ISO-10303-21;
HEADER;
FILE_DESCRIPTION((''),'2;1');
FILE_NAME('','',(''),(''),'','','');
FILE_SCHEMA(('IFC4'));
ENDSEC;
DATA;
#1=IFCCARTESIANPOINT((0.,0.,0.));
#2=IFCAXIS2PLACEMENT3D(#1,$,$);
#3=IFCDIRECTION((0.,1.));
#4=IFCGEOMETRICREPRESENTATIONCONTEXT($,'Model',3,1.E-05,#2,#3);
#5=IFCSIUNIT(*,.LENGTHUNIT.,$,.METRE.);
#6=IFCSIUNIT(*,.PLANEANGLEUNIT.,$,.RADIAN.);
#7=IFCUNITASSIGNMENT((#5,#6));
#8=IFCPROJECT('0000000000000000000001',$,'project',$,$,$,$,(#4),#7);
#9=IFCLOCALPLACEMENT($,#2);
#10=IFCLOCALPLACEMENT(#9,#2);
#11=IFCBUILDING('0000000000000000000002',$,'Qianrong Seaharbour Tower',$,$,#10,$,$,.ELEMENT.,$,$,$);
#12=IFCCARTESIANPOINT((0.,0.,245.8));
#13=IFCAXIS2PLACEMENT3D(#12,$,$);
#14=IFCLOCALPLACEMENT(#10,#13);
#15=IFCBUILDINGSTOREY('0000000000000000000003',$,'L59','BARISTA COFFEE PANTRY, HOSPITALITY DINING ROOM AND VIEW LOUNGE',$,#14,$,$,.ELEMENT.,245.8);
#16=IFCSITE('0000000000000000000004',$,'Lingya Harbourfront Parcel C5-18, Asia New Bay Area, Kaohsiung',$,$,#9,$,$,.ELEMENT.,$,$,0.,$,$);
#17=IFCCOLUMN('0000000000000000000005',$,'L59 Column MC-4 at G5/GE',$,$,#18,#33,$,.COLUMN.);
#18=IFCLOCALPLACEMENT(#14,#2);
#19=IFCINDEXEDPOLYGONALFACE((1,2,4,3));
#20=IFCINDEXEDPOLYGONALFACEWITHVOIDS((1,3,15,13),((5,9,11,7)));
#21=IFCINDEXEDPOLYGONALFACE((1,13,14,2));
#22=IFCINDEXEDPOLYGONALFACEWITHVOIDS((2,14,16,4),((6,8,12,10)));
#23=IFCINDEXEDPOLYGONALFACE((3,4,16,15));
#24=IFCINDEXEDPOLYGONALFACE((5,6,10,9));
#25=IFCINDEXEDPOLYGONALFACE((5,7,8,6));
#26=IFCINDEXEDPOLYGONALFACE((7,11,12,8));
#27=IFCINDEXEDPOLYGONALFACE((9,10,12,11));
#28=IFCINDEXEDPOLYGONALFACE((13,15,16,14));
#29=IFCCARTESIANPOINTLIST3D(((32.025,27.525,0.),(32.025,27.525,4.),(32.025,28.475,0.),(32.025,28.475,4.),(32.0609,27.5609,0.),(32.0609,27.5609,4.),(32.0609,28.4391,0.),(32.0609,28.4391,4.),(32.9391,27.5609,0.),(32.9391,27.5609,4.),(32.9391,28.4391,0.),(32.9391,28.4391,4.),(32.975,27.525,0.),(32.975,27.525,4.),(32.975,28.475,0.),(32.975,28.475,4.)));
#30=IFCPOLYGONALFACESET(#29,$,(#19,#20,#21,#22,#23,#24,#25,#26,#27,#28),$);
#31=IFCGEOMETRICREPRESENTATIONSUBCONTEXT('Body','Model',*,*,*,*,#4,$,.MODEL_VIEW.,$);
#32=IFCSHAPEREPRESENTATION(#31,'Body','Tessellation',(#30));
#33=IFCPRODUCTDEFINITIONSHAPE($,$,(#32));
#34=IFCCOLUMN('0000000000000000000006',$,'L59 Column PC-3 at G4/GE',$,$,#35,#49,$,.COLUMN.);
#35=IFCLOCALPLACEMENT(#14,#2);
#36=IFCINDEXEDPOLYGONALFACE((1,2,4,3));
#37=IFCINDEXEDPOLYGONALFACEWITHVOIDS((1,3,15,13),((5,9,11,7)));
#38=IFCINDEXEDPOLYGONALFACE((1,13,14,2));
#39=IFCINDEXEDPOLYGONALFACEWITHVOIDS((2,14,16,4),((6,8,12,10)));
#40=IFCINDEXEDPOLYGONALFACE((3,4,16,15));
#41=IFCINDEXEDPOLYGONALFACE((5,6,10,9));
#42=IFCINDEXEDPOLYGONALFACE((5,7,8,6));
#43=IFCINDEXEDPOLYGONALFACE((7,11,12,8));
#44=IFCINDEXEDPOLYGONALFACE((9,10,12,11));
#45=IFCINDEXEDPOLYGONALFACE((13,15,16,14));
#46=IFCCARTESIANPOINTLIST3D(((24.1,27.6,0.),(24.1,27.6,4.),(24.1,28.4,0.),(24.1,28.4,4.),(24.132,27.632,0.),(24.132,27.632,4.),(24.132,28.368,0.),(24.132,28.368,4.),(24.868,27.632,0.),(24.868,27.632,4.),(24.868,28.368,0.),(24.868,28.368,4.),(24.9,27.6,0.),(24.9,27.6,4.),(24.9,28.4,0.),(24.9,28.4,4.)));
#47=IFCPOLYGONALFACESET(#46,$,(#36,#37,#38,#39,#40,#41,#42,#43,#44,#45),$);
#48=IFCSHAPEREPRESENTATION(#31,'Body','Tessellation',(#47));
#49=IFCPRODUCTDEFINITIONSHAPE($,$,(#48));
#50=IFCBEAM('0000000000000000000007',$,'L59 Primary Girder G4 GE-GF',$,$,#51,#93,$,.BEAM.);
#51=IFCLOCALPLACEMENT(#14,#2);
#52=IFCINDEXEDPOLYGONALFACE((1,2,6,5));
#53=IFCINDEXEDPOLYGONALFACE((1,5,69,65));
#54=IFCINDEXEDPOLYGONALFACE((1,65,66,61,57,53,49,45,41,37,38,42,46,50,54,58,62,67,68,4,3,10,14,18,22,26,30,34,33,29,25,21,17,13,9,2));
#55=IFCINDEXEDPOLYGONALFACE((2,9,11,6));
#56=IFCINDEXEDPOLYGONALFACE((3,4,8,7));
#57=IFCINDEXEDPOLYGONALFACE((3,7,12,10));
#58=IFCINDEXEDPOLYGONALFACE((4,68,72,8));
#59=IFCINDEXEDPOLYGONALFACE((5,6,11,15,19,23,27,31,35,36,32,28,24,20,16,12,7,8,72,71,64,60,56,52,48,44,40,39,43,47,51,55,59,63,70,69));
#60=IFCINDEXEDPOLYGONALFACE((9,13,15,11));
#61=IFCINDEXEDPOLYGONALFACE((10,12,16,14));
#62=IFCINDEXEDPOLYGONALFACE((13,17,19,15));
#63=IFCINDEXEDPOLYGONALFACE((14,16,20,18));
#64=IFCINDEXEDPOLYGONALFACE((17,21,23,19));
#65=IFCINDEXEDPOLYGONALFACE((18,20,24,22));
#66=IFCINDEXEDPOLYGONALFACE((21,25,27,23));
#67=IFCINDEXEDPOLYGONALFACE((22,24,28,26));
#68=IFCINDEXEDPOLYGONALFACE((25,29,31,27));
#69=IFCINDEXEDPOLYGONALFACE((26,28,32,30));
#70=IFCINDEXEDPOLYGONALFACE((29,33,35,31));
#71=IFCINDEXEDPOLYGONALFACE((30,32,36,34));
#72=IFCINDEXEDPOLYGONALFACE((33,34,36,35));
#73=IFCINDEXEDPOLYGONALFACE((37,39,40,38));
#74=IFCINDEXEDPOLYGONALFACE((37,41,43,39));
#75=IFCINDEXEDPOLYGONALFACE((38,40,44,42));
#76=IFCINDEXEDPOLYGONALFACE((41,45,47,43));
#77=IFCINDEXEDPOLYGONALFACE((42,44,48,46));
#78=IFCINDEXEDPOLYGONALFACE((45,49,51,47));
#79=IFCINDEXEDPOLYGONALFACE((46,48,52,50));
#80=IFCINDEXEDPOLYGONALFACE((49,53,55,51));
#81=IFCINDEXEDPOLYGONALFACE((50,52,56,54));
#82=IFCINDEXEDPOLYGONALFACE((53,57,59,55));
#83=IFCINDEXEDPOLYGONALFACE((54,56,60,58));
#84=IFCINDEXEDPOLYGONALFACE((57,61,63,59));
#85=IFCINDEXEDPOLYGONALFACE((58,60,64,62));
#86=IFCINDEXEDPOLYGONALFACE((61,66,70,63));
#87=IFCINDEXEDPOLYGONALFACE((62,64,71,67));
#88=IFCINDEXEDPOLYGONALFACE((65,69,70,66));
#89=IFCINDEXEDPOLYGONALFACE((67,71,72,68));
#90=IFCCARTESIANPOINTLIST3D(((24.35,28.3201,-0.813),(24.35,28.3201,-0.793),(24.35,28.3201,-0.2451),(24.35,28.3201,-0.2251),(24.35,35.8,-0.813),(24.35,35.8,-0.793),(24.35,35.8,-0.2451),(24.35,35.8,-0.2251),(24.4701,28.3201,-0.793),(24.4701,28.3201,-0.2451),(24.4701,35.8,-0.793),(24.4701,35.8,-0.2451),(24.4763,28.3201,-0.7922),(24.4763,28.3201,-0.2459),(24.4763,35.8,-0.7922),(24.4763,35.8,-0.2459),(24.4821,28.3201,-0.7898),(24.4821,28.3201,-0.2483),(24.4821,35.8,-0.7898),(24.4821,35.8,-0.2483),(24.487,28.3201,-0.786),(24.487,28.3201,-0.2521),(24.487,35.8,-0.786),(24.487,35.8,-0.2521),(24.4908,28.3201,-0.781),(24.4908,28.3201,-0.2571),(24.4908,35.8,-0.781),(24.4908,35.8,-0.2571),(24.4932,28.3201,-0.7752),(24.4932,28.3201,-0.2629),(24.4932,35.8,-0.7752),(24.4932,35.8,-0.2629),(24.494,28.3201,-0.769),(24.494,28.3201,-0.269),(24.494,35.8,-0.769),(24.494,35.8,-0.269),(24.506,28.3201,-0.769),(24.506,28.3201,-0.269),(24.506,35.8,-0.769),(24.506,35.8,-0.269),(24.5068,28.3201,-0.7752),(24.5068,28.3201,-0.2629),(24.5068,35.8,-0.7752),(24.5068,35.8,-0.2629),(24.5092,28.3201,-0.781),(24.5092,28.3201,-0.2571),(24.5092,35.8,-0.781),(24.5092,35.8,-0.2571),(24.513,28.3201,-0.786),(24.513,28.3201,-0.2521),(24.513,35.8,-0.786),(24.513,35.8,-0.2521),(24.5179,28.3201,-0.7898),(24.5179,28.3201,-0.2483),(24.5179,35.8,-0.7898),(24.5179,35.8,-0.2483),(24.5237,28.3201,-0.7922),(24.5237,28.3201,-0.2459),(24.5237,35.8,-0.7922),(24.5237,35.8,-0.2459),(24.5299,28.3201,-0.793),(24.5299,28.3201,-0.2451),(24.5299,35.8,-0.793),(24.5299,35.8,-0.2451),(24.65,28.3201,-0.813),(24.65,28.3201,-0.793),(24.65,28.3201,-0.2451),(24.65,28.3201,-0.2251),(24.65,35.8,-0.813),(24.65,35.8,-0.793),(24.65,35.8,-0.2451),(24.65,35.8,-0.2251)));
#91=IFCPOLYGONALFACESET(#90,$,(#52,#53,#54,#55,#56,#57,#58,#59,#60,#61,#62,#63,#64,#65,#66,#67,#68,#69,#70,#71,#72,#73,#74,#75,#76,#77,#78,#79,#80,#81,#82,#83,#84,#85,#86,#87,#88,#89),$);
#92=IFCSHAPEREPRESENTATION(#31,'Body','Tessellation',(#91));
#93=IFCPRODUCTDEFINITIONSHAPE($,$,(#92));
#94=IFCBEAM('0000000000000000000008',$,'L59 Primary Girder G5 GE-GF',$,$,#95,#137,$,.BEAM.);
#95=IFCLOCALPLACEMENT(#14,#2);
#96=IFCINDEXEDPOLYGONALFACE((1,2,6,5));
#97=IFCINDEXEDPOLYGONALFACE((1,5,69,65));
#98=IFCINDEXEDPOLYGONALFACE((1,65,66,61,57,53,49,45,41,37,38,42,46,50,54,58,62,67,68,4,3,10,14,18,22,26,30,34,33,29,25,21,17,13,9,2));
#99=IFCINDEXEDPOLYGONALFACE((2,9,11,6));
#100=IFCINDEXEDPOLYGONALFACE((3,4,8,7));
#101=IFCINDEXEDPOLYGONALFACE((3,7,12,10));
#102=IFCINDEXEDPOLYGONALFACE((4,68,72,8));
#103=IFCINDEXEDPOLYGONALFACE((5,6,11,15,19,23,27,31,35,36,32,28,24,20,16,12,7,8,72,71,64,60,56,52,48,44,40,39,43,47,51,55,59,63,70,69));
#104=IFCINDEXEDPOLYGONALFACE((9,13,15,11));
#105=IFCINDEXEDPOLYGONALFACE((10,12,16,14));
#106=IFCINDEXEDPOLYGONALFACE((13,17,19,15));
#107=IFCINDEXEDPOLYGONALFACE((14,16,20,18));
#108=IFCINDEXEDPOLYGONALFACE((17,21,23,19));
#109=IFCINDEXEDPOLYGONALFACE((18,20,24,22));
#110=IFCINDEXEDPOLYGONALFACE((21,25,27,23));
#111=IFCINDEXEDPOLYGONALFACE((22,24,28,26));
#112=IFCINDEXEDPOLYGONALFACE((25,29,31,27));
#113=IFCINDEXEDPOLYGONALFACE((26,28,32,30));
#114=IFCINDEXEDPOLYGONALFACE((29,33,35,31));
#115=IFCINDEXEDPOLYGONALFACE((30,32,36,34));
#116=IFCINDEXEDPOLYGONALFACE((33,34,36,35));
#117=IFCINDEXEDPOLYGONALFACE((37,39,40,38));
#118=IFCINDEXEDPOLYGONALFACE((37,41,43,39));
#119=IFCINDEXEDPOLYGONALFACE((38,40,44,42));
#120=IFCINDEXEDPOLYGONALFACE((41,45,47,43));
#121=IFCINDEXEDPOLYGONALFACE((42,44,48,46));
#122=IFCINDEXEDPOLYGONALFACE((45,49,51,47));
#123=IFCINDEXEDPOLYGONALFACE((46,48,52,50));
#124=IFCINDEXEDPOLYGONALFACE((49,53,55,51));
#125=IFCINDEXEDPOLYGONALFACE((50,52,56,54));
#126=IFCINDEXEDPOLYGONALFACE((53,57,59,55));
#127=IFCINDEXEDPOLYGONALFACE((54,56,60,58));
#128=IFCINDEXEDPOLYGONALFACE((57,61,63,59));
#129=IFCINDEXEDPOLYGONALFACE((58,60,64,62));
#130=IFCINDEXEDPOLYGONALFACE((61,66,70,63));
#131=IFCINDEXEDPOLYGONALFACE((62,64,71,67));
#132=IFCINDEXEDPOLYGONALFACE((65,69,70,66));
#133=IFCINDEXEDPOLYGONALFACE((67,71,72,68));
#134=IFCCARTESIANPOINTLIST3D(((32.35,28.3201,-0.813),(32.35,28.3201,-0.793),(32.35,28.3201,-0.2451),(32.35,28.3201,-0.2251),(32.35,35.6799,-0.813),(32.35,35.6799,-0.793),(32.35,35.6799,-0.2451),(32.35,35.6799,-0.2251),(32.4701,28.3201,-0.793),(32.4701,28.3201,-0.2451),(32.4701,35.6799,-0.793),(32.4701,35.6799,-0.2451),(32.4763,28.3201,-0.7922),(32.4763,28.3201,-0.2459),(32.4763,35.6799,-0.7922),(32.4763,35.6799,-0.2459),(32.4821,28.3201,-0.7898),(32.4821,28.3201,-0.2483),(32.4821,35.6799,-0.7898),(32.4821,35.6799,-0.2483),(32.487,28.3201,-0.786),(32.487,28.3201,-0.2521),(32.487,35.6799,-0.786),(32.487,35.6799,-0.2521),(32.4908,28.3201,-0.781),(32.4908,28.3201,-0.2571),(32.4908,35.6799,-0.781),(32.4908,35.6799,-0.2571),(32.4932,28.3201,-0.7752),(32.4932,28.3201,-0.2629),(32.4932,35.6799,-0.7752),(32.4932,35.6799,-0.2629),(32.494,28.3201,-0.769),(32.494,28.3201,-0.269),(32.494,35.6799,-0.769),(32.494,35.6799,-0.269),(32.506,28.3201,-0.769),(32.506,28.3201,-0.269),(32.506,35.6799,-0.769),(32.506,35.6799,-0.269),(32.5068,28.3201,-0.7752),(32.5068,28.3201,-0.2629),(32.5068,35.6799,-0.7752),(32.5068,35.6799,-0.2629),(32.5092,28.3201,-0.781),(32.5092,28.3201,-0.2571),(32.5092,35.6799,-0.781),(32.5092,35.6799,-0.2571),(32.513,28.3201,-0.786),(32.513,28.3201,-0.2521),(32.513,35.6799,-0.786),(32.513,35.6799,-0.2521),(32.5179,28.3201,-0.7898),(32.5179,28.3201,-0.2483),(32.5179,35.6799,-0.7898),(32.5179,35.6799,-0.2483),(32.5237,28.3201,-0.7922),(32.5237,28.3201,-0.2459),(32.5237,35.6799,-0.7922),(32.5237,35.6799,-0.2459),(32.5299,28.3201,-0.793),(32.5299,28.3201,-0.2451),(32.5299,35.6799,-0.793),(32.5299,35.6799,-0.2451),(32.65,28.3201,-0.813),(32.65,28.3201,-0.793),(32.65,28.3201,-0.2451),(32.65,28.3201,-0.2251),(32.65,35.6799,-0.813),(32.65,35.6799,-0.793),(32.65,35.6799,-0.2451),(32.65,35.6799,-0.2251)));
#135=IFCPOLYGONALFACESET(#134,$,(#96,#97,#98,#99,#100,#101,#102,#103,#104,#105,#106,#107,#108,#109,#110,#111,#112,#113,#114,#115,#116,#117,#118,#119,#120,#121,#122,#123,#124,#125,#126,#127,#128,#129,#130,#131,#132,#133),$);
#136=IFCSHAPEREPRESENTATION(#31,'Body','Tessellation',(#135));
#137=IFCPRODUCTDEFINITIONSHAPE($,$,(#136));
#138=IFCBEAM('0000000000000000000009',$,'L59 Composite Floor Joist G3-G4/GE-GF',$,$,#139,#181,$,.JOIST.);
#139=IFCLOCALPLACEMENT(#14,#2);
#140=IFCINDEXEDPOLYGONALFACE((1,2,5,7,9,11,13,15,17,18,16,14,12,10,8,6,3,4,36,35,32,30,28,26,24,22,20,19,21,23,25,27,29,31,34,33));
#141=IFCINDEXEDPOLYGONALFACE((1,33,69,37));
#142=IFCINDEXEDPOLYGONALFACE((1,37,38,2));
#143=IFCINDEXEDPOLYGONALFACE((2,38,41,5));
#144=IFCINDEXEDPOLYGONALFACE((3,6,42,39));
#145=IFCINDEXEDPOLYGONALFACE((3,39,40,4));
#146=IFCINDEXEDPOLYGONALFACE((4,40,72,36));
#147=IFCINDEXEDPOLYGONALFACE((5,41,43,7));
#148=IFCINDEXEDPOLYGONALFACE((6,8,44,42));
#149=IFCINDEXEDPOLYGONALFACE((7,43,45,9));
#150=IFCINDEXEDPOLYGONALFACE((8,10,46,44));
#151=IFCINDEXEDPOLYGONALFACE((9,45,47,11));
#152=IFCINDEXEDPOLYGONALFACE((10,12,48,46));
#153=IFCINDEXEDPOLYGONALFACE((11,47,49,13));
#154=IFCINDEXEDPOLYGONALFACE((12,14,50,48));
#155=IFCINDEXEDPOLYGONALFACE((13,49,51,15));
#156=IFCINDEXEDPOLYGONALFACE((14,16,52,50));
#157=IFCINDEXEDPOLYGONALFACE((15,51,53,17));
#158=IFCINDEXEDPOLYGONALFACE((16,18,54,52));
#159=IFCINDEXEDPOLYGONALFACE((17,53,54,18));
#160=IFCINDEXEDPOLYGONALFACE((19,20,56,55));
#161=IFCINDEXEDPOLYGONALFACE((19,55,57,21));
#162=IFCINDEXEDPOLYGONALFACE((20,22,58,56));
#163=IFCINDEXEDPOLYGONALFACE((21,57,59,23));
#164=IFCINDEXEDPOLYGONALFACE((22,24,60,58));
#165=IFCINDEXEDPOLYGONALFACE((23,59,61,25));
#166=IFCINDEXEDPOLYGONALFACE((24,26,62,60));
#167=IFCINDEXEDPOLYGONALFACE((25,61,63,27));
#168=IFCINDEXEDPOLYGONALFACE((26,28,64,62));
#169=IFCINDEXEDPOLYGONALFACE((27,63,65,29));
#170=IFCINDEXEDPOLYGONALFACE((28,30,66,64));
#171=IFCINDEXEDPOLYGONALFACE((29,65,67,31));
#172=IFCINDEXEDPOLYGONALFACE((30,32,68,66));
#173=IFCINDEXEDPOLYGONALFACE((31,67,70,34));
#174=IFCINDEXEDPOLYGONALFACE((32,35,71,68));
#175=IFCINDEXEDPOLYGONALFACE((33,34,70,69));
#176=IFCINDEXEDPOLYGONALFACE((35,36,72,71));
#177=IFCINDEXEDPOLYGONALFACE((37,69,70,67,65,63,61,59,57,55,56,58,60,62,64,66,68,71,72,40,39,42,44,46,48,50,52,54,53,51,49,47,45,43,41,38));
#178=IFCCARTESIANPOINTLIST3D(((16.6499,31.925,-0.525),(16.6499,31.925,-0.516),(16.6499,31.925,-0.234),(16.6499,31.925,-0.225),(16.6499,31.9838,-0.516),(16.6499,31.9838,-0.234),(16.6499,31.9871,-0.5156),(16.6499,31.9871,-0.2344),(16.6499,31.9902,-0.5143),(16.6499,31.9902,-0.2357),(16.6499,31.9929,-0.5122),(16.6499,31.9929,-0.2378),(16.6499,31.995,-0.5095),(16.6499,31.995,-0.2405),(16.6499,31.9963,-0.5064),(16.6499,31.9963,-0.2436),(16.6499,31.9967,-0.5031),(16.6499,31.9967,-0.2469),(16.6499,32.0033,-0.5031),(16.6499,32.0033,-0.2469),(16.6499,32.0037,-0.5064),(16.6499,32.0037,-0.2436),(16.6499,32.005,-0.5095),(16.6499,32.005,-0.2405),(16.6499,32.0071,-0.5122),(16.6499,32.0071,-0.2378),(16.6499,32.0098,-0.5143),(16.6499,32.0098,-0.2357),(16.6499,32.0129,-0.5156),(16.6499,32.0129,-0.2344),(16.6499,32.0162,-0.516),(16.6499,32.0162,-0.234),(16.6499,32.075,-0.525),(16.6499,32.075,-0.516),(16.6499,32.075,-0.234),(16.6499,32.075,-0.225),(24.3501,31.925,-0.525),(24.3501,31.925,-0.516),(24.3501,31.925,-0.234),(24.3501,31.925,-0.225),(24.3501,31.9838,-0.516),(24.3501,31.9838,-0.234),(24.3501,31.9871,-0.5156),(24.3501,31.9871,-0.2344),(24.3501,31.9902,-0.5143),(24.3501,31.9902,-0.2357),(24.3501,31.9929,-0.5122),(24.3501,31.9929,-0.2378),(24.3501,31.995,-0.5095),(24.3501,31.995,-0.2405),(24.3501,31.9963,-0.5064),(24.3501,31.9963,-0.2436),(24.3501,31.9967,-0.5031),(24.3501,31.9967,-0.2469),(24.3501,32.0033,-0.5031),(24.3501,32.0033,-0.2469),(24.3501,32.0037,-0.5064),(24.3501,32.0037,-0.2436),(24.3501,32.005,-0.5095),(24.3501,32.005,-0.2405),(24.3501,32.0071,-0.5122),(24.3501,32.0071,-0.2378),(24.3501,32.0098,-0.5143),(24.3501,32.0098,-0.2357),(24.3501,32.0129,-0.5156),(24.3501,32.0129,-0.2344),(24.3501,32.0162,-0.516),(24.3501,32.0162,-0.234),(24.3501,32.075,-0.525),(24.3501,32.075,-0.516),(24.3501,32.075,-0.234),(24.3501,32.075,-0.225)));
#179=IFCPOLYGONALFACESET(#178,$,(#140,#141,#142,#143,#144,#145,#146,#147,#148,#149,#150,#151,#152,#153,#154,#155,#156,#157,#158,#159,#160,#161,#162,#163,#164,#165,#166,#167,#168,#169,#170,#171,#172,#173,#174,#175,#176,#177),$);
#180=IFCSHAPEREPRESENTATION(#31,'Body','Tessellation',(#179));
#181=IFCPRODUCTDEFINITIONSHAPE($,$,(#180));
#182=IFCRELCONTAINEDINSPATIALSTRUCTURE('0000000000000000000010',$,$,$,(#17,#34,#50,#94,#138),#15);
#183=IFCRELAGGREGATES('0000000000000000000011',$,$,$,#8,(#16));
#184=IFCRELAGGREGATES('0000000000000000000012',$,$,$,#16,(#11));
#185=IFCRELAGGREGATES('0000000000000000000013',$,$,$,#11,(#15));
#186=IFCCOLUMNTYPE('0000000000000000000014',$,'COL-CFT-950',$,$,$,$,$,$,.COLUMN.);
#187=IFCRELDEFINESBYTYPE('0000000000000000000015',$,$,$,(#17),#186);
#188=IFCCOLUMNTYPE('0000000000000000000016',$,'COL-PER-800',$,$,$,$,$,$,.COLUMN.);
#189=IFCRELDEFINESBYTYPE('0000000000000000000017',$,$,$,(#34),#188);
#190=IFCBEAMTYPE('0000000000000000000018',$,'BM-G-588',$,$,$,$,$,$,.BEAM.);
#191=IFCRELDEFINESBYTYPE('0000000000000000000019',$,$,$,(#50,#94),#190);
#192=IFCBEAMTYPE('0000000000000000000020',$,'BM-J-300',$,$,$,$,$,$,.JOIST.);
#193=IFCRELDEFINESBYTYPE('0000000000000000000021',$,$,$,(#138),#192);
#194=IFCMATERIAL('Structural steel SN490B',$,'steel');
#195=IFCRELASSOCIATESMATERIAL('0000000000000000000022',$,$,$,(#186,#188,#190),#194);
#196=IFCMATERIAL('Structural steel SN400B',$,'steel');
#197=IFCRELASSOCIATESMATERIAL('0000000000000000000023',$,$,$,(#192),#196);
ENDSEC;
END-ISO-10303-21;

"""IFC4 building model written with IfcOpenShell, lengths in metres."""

from ifc_helpers import new_model, si_unit, direction, frame, origin, origin_2d, place, context, subcontext, project, spatial, hollow_rectangle, i_section, extrude, material, material_profile, profile_set, type_object, element, save


model = new_model("IFC4")

# Units and contexts
model_context = context("Model", 3, precision=1e-05, world=origin(), true_north=direction((0.0, 1.0)))
body_context = subcontext(model_context, "Body", "Model", "MODEL_VIEW")
ifc_project = project(units=[si_unit("LENGTHUNIT", "METRE"), si_unit("PLANEANGLEUNIT", "RADIAN")], contexts=[model_context])

# Site, building, storey
site_placement = place(None, origin())
site = spatial("IfcSite", under=ifc_project, at=site_placement, Name="Lingya Harbourfront Parcel C5-18, Asia New Bay Area, Kaohsiung", CompositionType="ELEMENT", RefElevation=0.0)
building_placement = place(site_placement, origin())
building = spatial("IfcBuilding", under=site, at=building_placement, Name="Qianrong Seaharbour Tower", CompositionType="ELEMENT")
storey_placement = place(building_placement, frame((0.0, 0.0, 245.8)))
storey = spatial("IfcBuildingStorey", under=building, at=storey_placement, Name="L59", Description="BARISTA COFFEE PANTRY, HOSPITALITY DINING ROOM AND VIEW LOUNGE", CompositionType="ELEMENT", Elevation=245.8)

# Columns
ifc_material_1 = material(Name="Structural steel SN490B", Category="steel")
ifc_material_profile_1 = material_profile(ifc_material_1, hollow_rectangle(XDim=0.95, YDim=0.95, WallThickness=0.0359, at=origin_2d()), Name="BOX950x950x36")
ifc_profile_set_1 = profile_set([ifc_material_profile_1], Name="Structural steel SN490B")
column_type_1 = type_object("IfcColumnType", Name="COL-CFT-950", PredefinedType="COLUMN", material=ifc_profile_set_1)
column_1_placement = place(storey_placement, frame((32.5, 28.0, 0.0), z_axis=(0.0, 0.0, 1.0), x_axis=(1.0, 0.0, 0.0)))
element("IfcColumn", 1, at=column_1_placement, inside=storey, type_object=column_type_1, Name="L59 Column MC-4 at G5/GE", PredefinedType="COLUMN", context=body_context, shape_type="SweptSolid", body=[
    extrude(hollow_rectangle(XDim=0.95, YDim=0.95, WallThickness=0.0359, at=origin_2d()), origin(), (0.0, 0.0, 1.0), 4.0),
])
ifc_material_profile_2 = material_profile(ifc_material_1, hollow_rectangle(XDim=0.8, YDim=0.8, WallThickness=0.032, at=origin_2d()), Name="BOX800x800x32")
ifc_profile_set_2 = profile_set([ifc_material_profile_2], Name="Structural steel SN490B")
column_type_2 = type_object("IfcColumnType", Name="COL-PER-800", PredefinedType="COLUMN", material=ifc_profile_set_2)
column_2_placement = place(storey_placement, frame((24.5, 28.0, 0.0), z_axis=(0.0, 0.0, 1.0), x_axis=(1.0, 0.0, 0.0)))
element("IfcColumn", 2, at=column_2_placement, inside=storey, type_object=column_type_2, Name="L59 Column PC-3 at G4/GE", PredefinedType="COLUMN", context=body_context, shape_type="SweptSolid", body=[
    extrude(hollow_rectangle(XDim=0.8, YDim=0.8, WallThickness=0.032, at=origin_2d()), origin(), (0.0, 0.0, 1.0), 4.0),
])

# Beams
ifc_material_profile_3 = material_profile(ifc_material_1, i_section(OverallWidth=0.3, OverallDepth=0.5879, WebThickness=0.012, FlangeThickness=0.02, FilletRadius=0.0239, at=origin_2d()), Name="H588x300x12x20")
ifc_profile_set_3 = profile_set([ifc_material_profile_3], Name="Structural steel SN490B")
beam_type_1 = type_object("IfcBeamType", Name="BM-G-588", PredefinedType="BEAM", material=ifc_profile_set_3)
beam_1_placement = place(storey_placement, frame((24.5, 28.3201, -0.519), z_axis=(0.0, 1.0, 0.0), x_axis=(-1.0, 0.0, 0.0)))
element("IfcBeam", 3, at=beam_1_placement, inside=storey, type_object=beam_type_1, Name="L59 Primary Girder G4 GE-GF", PredefinedType="BEAM", context=body_context, shape_type="SweptSolid", body=[
    extrude(i_section(OverallWidth=0.3, OverallDepth=0.5879, WebThickness=0.012, FlangeThickness=0.02, FilletRadius=0.0239, at=origin_2d()), origin(), (0.0, 0.0, 1.0), 7.48),
])
beam_2_placement = place(storey_placement, frame((32.5, 28.3201, -0.519), z_axis=(0.0, 1.0, 0.0), x_axis=(-1.0, 0.0, 0.0)))
element("IfcBeam", 4, at=beam_2_placement, inside=storey, type_object=beam_type_1, Name="L59 Primary Girder G5 GE-GF", PredefinedType="BEAM", context=body_context, shape_type="SweptSolid", body=[
    extrude(i_section(OverallWidth=0.3, OverallDepth=0.5879, WebThickness=0.012, FlangeThickness=0.02, FilletRadius=0.0239, at=origin_2d()), origin(), (0.0, 0.0, 1.0), 7.3599),
])
ifc_material_2 = material(Name="Structural steel SN400B", Category="steel")
ifc_material_profile_4 = material_profile(ifc_material_2, i_section(OverallWidth=0.1499, OverallDepth=0.3, WebThickness=0.0066, FlangeThickness=0.009, FilletRadius=0.0129, at=origin_2d()), Name="H300x150x6.5x9")
ifc_profile_set_4 = profile_set([ifc_material_profile_4], Name="Structural steel SN400B")
beam_type_2 = type_object("IfcBeamType", Name="BM-J-300", PredefinedType="JOIST", material=ifc_profile_set_4)
for number, where, z_axis, x_axis, name in (
    (5, (16.6499, 32.0, -0.375), (1.0, 0.0, 0.0), (0.0, 1.0, 0.0), "L59 Composite Floor Joist G3-G4/GE-GF"),
):
    element("IfcBeam", number, at=place(storey_placement, frame(where, z_axis=z_axis, x_axis=x_axis)), inside=storey, type_object=beam_type_2, Name=name, PredefinedType="JOIST", context=body_context, shape_type="SweptSolid", body=[
        extrude(i_section(OverallWidth=0.1499, OverallDepth=0.3, WebThickness=0.0066, FlangeThickness=0.009, FilletRadius=0.0129, at=origin_2d()), origin(), (0.0, 0.0, 1.0), 7.7002),
    ])

save(model, "model.ifc")
